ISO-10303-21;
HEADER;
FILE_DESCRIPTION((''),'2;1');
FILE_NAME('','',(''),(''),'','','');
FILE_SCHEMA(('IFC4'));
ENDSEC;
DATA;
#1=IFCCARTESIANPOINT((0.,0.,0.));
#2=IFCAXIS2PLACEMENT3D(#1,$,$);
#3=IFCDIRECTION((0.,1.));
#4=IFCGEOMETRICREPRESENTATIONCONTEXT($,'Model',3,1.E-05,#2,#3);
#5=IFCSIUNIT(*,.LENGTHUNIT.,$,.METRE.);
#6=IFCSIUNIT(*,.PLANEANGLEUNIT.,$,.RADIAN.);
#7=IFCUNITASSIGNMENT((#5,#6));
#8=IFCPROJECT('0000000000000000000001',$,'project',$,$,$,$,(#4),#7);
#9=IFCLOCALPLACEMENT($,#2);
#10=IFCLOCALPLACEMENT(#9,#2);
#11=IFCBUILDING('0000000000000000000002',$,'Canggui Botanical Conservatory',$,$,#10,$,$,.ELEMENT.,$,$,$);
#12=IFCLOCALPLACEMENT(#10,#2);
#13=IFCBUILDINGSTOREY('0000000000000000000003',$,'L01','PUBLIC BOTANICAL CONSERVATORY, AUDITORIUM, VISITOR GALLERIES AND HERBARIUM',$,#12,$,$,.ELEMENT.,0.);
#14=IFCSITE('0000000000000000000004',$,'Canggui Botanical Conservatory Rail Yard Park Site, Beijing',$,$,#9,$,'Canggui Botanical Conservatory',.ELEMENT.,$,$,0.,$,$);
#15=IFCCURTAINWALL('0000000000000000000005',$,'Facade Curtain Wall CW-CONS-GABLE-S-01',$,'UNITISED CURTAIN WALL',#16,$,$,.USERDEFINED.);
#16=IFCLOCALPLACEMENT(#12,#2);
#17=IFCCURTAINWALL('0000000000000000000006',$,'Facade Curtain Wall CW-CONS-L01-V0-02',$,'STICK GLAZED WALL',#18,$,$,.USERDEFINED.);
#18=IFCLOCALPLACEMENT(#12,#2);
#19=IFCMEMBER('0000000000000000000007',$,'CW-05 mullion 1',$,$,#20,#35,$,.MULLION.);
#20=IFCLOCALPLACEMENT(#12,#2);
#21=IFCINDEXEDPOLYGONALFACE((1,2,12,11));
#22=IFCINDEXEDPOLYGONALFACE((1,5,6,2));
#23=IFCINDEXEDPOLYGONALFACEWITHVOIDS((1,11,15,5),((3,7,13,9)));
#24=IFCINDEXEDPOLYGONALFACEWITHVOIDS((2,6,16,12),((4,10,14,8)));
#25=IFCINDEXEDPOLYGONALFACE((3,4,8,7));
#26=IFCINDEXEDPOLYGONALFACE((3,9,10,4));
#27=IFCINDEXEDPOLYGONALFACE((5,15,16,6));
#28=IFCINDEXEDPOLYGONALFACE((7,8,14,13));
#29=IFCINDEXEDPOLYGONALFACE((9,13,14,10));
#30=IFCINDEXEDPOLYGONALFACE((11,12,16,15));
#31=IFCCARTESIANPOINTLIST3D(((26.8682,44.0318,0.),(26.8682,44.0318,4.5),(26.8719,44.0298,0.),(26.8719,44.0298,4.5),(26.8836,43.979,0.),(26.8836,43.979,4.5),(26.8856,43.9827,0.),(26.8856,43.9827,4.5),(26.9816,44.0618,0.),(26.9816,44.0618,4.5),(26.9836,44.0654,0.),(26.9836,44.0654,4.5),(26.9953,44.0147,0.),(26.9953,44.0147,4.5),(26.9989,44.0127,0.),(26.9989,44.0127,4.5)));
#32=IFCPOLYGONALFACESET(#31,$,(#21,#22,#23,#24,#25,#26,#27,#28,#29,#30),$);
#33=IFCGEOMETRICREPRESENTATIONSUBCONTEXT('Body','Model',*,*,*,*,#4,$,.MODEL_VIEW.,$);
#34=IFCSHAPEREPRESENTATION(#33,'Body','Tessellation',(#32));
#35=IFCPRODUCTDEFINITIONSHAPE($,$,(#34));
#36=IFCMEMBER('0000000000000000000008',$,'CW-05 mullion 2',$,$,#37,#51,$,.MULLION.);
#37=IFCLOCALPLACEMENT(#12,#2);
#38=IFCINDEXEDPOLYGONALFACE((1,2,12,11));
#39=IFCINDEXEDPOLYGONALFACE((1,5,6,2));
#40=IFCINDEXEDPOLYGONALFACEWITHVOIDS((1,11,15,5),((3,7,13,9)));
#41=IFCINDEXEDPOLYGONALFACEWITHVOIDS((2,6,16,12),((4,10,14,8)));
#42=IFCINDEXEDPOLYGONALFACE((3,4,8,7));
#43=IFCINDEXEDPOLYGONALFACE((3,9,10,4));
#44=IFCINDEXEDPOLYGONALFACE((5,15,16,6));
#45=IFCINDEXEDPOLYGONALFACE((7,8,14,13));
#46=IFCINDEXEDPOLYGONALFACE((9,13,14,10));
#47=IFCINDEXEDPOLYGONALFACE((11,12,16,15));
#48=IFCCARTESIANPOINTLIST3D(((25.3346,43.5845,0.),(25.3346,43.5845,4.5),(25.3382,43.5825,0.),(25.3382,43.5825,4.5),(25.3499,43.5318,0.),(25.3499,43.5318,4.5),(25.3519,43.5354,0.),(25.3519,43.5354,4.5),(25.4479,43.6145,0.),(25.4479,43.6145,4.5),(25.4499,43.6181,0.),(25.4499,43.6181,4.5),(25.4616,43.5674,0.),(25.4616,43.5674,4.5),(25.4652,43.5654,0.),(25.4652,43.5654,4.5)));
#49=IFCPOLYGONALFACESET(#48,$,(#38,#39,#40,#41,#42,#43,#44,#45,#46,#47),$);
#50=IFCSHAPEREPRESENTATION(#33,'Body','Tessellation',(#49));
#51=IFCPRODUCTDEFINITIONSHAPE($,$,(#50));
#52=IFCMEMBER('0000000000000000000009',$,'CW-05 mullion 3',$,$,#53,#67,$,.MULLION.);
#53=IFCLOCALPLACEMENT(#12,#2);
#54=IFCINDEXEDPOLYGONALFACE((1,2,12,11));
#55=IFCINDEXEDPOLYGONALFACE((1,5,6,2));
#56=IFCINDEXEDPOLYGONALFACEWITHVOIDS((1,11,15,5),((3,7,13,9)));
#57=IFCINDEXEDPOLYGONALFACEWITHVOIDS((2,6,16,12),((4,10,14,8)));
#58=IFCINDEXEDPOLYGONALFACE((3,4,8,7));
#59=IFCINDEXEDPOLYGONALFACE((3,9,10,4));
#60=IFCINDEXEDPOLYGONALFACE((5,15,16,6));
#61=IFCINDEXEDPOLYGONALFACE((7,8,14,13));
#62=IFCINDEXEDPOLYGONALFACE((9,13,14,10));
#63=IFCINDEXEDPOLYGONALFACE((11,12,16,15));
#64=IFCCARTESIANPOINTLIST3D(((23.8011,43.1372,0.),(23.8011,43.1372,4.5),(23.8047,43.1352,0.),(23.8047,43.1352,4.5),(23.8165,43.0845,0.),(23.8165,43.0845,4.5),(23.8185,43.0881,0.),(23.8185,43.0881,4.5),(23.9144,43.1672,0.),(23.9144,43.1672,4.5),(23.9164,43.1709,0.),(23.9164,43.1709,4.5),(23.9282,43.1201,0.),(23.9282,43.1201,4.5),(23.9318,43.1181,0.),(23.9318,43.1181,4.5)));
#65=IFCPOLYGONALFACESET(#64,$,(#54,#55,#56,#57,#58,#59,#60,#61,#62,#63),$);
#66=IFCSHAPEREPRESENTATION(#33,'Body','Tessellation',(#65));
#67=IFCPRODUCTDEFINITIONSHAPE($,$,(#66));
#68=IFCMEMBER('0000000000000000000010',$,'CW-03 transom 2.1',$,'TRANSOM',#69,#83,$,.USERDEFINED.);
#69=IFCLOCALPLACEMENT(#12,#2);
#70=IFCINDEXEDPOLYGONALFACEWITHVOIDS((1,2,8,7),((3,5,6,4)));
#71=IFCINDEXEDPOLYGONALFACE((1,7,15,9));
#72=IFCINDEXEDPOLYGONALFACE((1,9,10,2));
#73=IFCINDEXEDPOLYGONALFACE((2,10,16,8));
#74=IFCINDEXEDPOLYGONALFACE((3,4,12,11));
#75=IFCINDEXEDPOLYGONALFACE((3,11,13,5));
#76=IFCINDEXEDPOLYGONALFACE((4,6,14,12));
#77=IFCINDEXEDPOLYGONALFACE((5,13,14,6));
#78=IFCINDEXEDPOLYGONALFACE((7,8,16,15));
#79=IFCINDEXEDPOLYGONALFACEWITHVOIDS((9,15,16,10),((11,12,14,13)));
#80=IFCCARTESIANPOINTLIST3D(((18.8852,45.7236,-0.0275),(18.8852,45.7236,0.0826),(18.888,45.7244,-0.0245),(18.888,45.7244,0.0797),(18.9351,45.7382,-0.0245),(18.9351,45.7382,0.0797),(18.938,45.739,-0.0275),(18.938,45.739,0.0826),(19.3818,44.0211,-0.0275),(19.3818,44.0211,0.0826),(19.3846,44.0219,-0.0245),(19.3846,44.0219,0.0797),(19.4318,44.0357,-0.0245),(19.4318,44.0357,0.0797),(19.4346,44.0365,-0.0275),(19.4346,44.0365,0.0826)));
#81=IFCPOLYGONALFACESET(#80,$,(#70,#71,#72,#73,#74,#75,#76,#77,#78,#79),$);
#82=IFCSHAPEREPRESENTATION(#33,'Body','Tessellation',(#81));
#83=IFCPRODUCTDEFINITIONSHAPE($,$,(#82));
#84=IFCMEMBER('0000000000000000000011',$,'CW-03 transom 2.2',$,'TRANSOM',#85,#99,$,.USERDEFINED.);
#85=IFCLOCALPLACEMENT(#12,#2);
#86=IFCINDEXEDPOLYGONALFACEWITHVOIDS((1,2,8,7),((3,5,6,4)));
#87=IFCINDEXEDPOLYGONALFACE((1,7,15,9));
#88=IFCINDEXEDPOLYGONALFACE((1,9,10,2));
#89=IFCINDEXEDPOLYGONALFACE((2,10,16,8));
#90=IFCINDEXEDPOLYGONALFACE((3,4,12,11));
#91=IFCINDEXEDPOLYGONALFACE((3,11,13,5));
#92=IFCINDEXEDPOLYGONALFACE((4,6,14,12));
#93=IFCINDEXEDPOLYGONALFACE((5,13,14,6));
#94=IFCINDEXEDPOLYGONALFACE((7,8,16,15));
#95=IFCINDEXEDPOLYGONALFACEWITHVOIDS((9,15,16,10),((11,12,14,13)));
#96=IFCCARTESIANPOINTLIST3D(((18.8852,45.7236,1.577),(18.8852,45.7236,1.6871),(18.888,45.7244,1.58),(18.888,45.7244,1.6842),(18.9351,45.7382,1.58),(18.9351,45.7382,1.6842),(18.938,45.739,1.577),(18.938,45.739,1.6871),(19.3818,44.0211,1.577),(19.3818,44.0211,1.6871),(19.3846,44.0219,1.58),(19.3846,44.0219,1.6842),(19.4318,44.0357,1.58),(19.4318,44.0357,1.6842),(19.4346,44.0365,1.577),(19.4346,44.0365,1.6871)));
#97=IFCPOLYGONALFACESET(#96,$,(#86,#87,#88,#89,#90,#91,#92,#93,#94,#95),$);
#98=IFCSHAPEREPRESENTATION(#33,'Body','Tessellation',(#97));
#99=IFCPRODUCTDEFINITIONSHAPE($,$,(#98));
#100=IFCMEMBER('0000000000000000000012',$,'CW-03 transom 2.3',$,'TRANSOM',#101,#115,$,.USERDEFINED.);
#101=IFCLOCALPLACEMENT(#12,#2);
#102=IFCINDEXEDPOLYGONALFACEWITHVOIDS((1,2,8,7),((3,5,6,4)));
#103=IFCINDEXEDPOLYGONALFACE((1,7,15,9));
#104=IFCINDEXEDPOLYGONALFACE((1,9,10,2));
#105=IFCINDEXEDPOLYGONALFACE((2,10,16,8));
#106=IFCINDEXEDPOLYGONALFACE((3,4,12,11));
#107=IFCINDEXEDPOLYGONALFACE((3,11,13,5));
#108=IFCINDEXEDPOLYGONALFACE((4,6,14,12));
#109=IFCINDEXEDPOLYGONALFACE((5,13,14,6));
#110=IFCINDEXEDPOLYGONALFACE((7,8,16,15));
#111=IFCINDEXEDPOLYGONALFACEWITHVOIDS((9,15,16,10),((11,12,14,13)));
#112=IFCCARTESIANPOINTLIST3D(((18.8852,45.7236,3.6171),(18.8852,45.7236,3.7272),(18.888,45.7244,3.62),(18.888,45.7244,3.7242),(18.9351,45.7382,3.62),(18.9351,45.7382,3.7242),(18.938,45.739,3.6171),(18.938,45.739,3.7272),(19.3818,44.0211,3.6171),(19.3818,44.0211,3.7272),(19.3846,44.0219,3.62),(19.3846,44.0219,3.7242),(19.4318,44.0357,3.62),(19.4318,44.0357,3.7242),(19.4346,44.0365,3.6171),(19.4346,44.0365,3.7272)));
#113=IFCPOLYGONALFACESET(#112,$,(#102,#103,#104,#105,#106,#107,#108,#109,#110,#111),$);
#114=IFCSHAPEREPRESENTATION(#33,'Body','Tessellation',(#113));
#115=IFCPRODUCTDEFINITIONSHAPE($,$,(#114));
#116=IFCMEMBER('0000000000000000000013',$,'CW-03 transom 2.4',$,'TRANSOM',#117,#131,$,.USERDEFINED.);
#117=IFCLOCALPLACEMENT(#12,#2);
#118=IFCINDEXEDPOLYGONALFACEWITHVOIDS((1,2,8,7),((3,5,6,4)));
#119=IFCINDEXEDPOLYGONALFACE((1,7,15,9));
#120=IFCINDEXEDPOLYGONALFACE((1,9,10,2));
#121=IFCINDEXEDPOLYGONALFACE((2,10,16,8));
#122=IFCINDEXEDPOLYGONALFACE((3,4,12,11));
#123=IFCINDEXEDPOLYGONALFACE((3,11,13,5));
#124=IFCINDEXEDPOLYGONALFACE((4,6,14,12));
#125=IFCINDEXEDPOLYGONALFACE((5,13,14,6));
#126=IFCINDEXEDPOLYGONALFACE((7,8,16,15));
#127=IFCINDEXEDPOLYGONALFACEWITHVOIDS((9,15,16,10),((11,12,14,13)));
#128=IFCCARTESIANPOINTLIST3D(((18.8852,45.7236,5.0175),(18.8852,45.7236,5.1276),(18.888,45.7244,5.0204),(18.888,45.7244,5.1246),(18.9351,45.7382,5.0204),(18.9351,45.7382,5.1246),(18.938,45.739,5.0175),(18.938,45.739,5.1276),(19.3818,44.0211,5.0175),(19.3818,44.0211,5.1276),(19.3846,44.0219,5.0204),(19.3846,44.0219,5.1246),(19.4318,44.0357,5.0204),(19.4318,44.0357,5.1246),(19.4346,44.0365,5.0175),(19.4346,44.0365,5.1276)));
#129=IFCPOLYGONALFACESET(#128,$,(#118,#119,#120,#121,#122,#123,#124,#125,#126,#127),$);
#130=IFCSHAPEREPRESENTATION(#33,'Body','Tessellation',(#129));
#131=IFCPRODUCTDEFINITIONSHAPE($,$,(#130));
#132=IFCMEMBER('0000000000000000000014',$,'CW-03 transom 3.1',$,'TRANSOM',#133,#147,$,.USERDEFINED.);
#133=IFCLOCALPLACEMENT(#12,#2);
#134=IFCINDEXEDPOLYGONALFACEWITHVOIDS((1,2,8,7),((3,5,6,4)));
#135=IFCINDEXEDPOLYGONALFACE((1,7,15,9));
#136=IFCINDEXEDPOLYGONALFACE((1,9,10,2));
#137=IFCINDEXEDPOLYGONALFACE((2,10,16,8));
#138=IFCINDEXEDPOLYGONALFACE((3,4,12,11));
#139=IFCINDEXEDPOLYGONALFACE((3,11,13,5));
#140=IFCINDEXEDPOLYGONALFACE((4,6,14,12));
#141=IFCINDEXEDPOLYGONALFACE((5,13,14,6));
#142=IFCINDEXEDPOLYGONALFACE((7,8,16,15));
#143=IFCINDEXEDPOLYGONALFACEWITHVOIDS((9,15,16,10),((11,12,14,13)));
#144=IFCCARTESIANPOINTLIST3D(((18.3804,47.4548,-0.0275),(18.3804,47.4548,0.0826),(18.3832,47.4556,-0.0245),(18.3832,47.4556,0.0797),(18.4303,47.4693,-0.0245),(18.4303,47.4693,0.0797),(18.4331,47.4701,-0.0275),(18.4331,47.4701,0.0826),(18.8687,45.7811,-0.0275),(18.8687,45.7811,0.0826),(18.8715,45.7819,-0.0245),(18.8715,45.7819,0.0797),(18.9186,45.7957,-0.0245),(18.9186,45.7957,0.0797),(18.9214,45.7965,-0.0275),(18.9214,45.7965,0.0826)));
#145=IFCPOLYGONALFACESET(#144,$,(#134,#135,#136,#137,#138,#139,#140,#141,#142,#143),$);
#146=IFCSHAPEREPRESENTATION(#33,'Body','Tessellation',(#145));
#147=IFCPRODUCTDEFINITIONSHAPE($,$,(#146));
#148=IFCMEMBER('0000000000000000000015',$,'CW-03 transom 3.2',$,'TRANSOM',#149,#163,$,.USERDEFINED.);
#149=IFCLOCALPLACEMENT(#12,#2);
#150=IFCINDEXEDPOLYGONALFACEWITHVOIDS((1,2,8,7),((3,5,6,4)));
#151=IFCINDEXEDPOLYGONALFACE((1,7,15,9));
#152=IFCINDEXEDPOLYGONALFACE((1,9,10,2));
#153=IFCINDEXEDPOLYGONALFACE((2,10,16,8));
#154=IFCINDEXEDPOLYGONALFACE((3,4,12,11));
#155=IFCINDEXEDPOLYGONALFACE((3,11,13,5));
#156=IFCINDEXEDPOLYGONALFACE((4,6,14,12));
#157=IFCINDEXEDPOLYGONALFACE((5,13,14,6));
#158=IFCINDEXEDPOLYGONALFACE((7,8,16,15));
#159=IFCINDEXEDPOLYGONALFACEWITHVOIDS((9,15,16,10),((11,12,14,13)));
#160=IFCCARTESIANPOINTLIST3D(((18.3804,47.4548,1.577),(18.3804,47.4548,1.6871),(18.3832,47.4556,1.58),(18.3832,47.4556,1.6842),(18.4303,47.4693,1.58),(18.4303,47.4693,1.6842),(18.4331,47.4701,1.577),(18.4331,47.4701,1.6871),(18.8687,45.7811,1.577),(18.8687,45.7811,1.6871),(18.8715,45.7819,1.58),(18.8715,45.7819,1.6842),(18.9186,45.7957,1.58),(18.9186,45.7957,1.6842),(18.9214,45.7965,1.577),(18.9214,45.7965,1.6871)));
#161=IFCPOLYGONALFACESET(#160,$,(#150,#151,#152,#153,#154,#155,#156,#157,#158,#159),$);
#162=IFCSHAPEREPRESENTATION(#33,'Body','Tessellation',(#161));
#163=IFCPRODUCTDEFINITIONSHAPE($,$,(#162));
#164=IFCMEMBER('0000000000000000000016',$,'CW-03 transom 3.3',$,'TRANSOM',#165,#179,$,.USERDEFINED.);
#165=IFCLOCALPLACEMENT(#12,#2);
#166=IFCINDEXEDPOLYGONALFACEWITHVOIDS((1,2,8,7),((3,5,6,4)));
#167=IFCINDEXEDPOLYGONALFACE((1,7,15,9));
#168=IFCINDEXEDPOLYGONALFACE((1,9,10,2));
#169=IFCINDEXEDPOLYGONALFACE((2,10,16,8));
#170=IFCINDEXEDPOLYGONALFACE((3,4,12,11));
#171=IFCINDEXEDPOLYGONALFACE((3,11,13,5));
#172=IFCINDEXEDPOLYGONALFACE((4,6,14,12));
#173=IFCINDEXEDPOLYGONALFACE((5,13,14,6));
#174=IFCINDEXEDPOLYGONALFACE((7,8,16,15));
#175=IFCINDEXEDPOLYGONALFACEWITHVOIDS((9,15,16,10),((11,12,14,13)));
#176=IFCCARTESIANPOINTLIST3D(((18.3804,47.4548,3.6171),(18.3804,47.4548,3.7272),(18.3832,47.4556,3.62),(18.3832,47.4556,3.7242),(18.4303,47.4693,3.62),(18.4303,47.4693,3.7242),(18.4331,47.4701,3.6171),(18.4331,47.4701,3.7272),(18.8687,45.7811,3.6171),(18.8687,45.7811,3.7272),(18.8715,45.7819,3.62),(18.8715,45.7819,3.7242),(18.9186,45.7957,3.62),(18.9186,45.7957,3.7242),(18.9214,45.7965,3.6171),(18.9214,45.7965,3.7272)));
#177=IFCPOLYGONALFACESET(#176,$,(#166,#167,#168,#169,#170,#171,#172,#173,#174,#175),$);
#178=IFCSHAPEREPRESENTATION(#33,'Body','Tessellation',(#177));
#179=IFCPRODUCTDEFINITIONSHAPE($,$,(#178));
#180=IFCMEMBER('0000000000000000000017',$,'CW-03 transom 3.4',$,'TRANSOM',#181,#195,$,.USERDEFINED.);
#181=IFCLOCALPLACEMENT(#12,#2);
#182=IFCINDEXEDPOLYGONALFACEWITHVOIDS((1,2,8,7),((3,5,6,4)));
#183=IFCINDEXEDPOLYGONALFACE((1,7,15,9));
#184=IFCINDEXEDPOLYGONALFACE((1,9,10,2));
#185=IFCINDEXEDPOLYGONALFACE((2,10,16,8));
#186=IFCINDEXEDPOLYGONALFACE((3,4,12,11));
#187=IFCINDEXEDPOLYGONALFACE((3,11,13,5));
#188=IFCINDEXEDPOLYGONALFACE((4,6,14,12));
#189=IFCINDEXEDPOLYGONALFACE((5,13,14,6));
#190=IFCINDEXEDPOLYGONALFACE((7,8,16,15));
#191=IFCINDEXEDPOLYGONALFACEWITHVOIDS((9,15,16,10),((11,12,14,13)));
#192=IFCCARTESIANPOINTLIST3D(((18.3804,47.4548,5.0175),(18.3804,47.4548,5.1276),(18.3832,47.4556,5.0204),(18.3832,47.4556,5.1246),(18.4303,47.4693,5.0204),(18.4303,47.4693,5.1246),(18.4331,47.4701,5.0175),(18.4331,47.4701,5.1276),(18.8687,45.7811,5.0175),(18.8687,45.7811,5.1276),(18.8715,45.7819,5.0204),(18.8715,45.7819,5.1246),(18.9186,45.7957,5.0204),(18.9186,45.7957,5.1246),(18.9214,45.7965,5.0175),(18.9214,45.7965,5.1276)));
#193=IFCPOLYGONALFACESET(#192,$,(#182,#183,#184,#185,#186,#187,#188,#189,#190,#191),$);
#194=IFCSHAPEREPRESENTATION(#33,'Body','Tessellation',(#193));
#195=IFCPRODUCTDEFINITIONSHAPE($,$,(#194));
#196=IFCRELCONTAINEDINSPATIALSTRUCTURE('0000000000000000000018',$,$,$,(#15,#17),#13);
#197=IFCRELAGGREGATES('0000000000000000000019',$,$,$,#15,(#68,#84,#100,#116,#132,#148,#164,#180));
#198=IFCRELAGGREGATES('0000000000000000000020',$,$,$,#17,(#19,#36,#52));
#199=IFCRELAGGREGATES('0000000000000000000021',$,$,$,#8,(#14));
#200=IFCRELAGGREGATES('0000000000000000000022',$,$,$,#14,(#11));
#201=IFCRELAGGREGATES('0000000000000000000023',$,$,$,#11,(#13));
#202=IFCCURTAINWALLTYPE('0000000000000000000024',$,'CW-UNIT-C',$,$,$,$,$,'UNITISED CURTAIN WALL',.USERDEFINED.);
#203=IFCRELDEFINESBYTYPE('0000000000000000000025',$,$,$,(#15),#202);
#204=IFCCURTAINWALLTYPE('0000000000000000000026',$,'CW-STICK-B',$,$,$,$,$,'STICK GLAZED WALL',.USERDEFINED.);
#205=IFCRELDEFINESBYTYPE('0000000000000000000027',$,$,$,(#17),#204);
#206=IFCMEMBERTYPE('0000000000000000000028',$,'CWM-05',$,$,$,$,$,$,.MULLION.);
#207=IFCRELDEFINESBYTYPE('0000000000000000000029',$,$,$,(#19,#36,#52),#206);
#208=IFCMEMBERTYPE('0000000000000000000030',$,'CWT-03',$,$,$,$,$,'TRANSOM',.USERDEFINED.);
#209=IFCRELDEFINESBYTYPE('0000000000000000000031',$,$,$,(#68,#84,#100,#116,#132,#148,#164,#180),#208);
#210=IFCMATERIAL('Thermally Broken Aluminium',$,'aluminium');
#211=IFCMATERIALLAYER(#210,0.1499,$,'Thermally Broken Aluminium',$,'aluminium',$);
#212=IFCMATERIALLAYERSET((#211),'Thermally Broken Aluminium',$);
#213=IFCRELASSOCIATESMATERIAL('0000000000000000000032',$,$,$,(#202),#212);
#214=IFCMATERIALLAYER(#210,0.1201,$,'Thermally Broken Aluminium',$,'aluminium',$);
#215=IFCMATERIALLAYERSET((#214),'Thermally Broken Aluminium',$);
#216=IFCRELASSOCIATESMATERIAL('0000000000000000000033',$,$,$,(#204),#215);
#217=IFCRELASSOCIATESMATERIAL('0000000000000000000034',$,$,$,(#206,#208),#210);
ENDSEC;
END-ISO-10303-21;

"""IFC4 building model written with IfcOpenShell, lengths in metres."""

from ifc_helpers import new_model, si_unit, direction, frame, origin, origin_2d, place, context, subcontext, project, spatial, hollow_rectangle, extrude, material, layer, layer_set, material_profile, profile_set, type_object, element, aggregate, save


model = new_model("IFC4")

# Units and contexts
model_context = context("Model", 3, precision=1e-05, world=origin(), true_north=direction((0.0, 1.0)))
body_context = subcontext(model_context, "Body", "Model", "MODEL_VIEW")
ifc_project = project(units=[si_unit("LENGTHUNIT", "METRE"), si_unit("PLANEANGLEUNIT", "RADIAN")], contexts=[model_context])

# Site, building, storey
site_placement = place(None, origin())
site = spatial("IfcSite", under=ifc_project, at=site_placement, Name="Canggui Botanical Conservatory Rail Yard Park Site, Beijing", LongName="Canggui Botanical Conservatory", CompositionType="ELEMENT", RefElevation=0.0)
building_placement = place(site_placement, origin())
building = spatial("IfcBuilding", under=site, at=building_placement, Name="Canggui Botanical Conservatory", CompositionType="ELEMENT")
storey_placement = place(building_placement, origin())
storey = spatial("IfcBuildingStorey", under=building, at=storey_placement, Name="L01", Description="PUBLIC BOTANICAL CONSERVATORY, AUDITORIUM, VISITOR GALLERIES AND HERBARIUM", CompositionType="ELEMENT", Elevation=0.0)

# Curtain walls, members
ifc_material_1 = material(Name="Thermally Broken Aluminium", Category="aluminium")
ifc_layer_1 = layer(ifc_material_1, 0.1499, Name="Thermally Broken Aluminium", Category="aluminium")
ifc_layer_set_1 = layer_set([ifc_layer_1], Name="Thermally Broken Aluminium")
curtain_wall_type_1 = type_object("IfcCurtainWallType", Name="CW-UNIT-C", ElementType="UNITISED CURTAIN WALL", PredefinedType="USERDEFINED", material=ifc_layer_set_1)
curtain_wall_1_placement = place(storey_placement, origin())
curtain_wall_1 = element("IfcCurtainWall", 1, at=curtain_wall_1_placement, inside=storey, type_object=curtain_wall_type_1, Name="Facade Curtain Wall CW-CONS-GABLE-S-01", ObjectType="UNITISED CURTAIN WALL", PredefinedType="USERDEFINED")
ifc_layer_2 = layer(ifc_material_1, 0.1201, Name="Thermally Broken Aluminium", Category="aluminium")
ifc_layer_set_2 = layer_set([ifc_layer_2], Name="Thermally Broken Aluminium")
curtain_wall_type_2 = type_object("IfcCurtainWallType", Name="CW-STICK-B", ElementType="STICK GLAZED WALL", PredefinedType="USERDEFINED", material=ifc_layer_set_2)
curtain_wall_2_placement = place(storey_placement, origin())
curtain_wall_2 = element("IfcCurtainWall", 2, at=curtain_wall_2_placement, inside=storey, type_object=curtain_wall_type_2, Name="Facade Curtain Wall CW-CONS-L01-V0-02", ObjectType="STICK GLAZED WALL", PredefinedType="USERDEFINED")
ifc_material_profile_1 = material_profile(ifc_material_1, hollow_rectangle(XDim=0.0549, YDim=0.1201, WallThickness=0.0029, at=origin_2d()), Name="CWM 55x120x3")
ifc_profile_set_1 = profile_set([ifc_material_profile_1], Name="Thermally Broken Aluminium")
member_type_1 = type_object("IfcMemberType", Name="CWM-05", PredefinedType="MULLION", material=ifc_profile_set_1)
member_1_placement = place(storey_placement, frame((26.9336, 44.0222, 0.0), z_axis=(0.0, 0.0, 1.0), x_axis=(0.28, -0.96, 0.0)))
member_1 = element("IfcMember", 3, at=member_1_placement, type_object=member_type_1, Name="CW-05 mullion 1", PredefinedType="MULLION", context=body_context, shape_type="SweptSolid", body=[
    extrude(hollow_rectangle(XDim=0.0549, YDim=0.1201, WallThickness=0.0029, at=origin_2d()), origin(), (0.0, 0.0, 1.0), 4.5),
])
member_2_placement = place(storey_placement, frame((25.3999, 43.575, 0.0), z_axis=(0.0, 0.0, 1.0), x_axis=(0.28, -0.96, 0.0)))
member_2 = element("IfcMember", 4, at=member_2_placement, type_object=member_type_1, Name="CW-05 mullion 2", PredefinedType="MULLION", context=body_context, shape_type="SweptSolid", body=[
    extrude(hollow_rectangle(XDim=0.0549, YDim=0.1201, WallThickness=0.0029, at=origin_2d()), origin(), (0.0, 0.0, 1.0), 4.5),
])
member_3_placement = place(storey_placement, frame((23.8665, 43.1277, 0.0), z_axis=(0.0, 0.0, 1.0), x_axis=(0.28, -0.96, 0.0)))
member_3 = element("IfcMember", 5, at=member_3_placement, type_object=member_type_1, Name="CW-05 mullion 3", PredefinedType="MULLION", context=body_context, shape_type="SweptSolid", body=[
    extrude(hollow_rectangle(XDim=0.0549, YDim=0.1201, WallThickness=0.0029, at=origin_2d()), origin(), (0.0, 0.0, 1.0), 4.5),
])

# Members
ifc_material_profile_2 = material_profile(ifc_material_1, hollow_rectangle(XDim=0.0549, YDim=0.1101, WallThickness=0.0029, at=origin_2d()), Name="CWT 55x110x3")
ifc_profile_set_2 = profile_set([ifc_material_profile_2], Name="Thermally Broken Aluminium")
member_type_2 = type_object("IfcMemberType", Name="CWT-03", ElementType="TRANSOM", PredefinedType="USERDEFINED", material=ifc_profile_set_2)
member_4_placement = place(storey_placement, frame((19.4082, 44.0288, 0.0276), z_axis=(-0.280026, 0.959992, 0.0), x_axis=(-0.959992, -0.280026, 0.0)))
member_4 = element("IfcMember", 6, at=member_4_placement, type_object=member_type_2, Name="CW-03 transom 2.1", ObjectType="TRANSOM", PredefinedType="USERDEFINED", context=body_context, shape_type="SweptSolid", body=[
    extrude(hollow_rectangle(XDim=0.0549, YDim=0.1101, WallThickness=0.0029, at=origin_2d()), origin(), (0.0, 0.0, 1.0), 1.7734),
])
member_5_placement = place(storey_placement, frame((19.4082, 44.0288, 1.6321), z_axis=(-0.280026, 0.959992, 0.0), x_axis=(-0.959992, -0.280026, 0.0)))
member_5 = element("IfcMember", 7, at=member_5_placement, type_object=member_type_2, Name="CW-03 transom 2.2", ObjectType="TRANSOM", PredefinedType="USERDEFINED", context=body_context, shape_type="SweptSolid", body=[
    extrude(hollow_rectangle(XDim=0.0549, YDim=0.1101, WallThickness=0.0029, at=origin_2d()), origin(), (0.0, 0.0, 1.0), 1.7734),
])
member_6_placement = place(storey_placement, frame((19.4082, 44.0288, 3.6721), z_axis=(-0.280026, 0.959992, 0.0), x_axis=(-0.959992, -0.280026, 0.0)))
member_6 = element("IfcMember", 8, at=member_6_placement, type_object=member_type_2, Name="CW-03 transom 2.3", ObjectType="TRANSOM", PredefinedType="USERDEFINED", context=body_context, shape_type="SweptSolid", body=[
    extrude(hollow_rectangle(XDim=0.0549, YDim=0.1101, WallThickness=0.0029, at=origin_2d()), origin(), (0.0, 0.0, 1.0), 1.7734),
])
member_7_placement = place(storey_placement, frame((19.4082, 44.0288, 5.0725), z_axis=(-0.280026, 0.959992, 0.0), x_axis=(-0.959992, -0.280026, 0.0)))
member_7 = element("IfcMember", 9, at=member_7_placement, type_object=member_type_2, Name="CW-03 transom 2.4", ObjectType="TRANSOM", PredefinedType="USERDEFINED", context=body_context, shape_type="SweptSolid", body=[
    extrude(hollow_rectangle(XDim=0.0549, YDim=0.1101, WallThickness=0.0029, at=origin_2d()), origin(), (0.0, 0.0, 1.0), 1.7734),
])
member_8_placement = place(storey_placement, frame((18.895, 45.7888, 0.0276), z_axis=(-0.280081, 0.959976, 0.0), x_axis=(-0.959976, -0.280081, 0.0)))
member_8 = element("IfcMember", 10, at=member_8_placement, type_object=member_type_2, Name="CW-03 transom 3.1", ObjectType="TRANSOM", PredefinedType="USERDEFINED", context=body_context, shape_type="SweptSolid", body=[
    extrude(hollow_rectangle(XDim=0.0549, YDim=0.1101, WallThickness=0.0029, at=origin_2d()), origin(), (0.0, 0.0, 1.0), 1.7434),
])
member_9_placement = place(storey_placement, frame((18.895, 45.7888, 1.6321), z_axis=(-0.280081, 0.959976, 0.0), x_axis=(-0.959976, -0.280081, 0.0)))
member_9 = element("IfcMember", 11, at=member_9_placement, type_object=member_type_2, Name="CW-03 transom 3.2", ObjectType="TRANSOM", PredefinedType="USERDEFINED", context=body_context, shape_type="SweptSolid", body=[
    extrude(hollow_rectangle(XDim=0.0549, YDim=0.1101, WallThickness=0.0029, at=origin_2d()), origin(), (0.0, 0.0, 1.0), 1.7434),
])
member_10_placement = place(storey_placement, frame((18.895, 45.7888, 3.6721), z_axis=(-0.280081, 0.959976, 0.0), x_axis=(-0.959976, -0.280081, 0.0)))
member_10 = element("IfcMember", 12, at=member_10_placement, type_object=member_type_2, Name="CW-03 transom 3.3", ObjectType="TRANSOM", PredefinedType="USERDEFINED", context=body_context, shape_type="SweptSolid", body=[
    extrude(hollow_rectangle(XDim=0.0549, YDim=0.1101, WallThickness=0.0029, at=origin_2d()), origin(), (0.0, 0.0, 1.0), 1.7434),
])
member_11_placement = place(storey_placement, frame((18.895, 45.7888, 5.0725), z_axis=(-0.280081, 0.959976, 0.0), x_axis=(-0.959976, -0.280081, 0.0)))
member_11 = element("IfcMember", 13, at=member_11_placement, type_object=member_type_2, Name="CW-03 transom 3.4", ObjectType="TRANSOM", PredefinedType="USERDEFINED", context=body_context, shape_type="SweptSolid", body=[
    extrude(hollow_rectangle(XDim=0.0549, YDim=0.1101, WallThickness=0.0029, at=origin_2d()), origin(), (0.0, 0.0, 1.0), 1.7434),
])

aggregate(curtain_wall_1, [member_4, member_5, member_6, member_7, member_8, member_9, member_10, member_11])
aggregate(curtain_wall_2, [member_1, member_2, member_3])

save(model, "model.ifc")
